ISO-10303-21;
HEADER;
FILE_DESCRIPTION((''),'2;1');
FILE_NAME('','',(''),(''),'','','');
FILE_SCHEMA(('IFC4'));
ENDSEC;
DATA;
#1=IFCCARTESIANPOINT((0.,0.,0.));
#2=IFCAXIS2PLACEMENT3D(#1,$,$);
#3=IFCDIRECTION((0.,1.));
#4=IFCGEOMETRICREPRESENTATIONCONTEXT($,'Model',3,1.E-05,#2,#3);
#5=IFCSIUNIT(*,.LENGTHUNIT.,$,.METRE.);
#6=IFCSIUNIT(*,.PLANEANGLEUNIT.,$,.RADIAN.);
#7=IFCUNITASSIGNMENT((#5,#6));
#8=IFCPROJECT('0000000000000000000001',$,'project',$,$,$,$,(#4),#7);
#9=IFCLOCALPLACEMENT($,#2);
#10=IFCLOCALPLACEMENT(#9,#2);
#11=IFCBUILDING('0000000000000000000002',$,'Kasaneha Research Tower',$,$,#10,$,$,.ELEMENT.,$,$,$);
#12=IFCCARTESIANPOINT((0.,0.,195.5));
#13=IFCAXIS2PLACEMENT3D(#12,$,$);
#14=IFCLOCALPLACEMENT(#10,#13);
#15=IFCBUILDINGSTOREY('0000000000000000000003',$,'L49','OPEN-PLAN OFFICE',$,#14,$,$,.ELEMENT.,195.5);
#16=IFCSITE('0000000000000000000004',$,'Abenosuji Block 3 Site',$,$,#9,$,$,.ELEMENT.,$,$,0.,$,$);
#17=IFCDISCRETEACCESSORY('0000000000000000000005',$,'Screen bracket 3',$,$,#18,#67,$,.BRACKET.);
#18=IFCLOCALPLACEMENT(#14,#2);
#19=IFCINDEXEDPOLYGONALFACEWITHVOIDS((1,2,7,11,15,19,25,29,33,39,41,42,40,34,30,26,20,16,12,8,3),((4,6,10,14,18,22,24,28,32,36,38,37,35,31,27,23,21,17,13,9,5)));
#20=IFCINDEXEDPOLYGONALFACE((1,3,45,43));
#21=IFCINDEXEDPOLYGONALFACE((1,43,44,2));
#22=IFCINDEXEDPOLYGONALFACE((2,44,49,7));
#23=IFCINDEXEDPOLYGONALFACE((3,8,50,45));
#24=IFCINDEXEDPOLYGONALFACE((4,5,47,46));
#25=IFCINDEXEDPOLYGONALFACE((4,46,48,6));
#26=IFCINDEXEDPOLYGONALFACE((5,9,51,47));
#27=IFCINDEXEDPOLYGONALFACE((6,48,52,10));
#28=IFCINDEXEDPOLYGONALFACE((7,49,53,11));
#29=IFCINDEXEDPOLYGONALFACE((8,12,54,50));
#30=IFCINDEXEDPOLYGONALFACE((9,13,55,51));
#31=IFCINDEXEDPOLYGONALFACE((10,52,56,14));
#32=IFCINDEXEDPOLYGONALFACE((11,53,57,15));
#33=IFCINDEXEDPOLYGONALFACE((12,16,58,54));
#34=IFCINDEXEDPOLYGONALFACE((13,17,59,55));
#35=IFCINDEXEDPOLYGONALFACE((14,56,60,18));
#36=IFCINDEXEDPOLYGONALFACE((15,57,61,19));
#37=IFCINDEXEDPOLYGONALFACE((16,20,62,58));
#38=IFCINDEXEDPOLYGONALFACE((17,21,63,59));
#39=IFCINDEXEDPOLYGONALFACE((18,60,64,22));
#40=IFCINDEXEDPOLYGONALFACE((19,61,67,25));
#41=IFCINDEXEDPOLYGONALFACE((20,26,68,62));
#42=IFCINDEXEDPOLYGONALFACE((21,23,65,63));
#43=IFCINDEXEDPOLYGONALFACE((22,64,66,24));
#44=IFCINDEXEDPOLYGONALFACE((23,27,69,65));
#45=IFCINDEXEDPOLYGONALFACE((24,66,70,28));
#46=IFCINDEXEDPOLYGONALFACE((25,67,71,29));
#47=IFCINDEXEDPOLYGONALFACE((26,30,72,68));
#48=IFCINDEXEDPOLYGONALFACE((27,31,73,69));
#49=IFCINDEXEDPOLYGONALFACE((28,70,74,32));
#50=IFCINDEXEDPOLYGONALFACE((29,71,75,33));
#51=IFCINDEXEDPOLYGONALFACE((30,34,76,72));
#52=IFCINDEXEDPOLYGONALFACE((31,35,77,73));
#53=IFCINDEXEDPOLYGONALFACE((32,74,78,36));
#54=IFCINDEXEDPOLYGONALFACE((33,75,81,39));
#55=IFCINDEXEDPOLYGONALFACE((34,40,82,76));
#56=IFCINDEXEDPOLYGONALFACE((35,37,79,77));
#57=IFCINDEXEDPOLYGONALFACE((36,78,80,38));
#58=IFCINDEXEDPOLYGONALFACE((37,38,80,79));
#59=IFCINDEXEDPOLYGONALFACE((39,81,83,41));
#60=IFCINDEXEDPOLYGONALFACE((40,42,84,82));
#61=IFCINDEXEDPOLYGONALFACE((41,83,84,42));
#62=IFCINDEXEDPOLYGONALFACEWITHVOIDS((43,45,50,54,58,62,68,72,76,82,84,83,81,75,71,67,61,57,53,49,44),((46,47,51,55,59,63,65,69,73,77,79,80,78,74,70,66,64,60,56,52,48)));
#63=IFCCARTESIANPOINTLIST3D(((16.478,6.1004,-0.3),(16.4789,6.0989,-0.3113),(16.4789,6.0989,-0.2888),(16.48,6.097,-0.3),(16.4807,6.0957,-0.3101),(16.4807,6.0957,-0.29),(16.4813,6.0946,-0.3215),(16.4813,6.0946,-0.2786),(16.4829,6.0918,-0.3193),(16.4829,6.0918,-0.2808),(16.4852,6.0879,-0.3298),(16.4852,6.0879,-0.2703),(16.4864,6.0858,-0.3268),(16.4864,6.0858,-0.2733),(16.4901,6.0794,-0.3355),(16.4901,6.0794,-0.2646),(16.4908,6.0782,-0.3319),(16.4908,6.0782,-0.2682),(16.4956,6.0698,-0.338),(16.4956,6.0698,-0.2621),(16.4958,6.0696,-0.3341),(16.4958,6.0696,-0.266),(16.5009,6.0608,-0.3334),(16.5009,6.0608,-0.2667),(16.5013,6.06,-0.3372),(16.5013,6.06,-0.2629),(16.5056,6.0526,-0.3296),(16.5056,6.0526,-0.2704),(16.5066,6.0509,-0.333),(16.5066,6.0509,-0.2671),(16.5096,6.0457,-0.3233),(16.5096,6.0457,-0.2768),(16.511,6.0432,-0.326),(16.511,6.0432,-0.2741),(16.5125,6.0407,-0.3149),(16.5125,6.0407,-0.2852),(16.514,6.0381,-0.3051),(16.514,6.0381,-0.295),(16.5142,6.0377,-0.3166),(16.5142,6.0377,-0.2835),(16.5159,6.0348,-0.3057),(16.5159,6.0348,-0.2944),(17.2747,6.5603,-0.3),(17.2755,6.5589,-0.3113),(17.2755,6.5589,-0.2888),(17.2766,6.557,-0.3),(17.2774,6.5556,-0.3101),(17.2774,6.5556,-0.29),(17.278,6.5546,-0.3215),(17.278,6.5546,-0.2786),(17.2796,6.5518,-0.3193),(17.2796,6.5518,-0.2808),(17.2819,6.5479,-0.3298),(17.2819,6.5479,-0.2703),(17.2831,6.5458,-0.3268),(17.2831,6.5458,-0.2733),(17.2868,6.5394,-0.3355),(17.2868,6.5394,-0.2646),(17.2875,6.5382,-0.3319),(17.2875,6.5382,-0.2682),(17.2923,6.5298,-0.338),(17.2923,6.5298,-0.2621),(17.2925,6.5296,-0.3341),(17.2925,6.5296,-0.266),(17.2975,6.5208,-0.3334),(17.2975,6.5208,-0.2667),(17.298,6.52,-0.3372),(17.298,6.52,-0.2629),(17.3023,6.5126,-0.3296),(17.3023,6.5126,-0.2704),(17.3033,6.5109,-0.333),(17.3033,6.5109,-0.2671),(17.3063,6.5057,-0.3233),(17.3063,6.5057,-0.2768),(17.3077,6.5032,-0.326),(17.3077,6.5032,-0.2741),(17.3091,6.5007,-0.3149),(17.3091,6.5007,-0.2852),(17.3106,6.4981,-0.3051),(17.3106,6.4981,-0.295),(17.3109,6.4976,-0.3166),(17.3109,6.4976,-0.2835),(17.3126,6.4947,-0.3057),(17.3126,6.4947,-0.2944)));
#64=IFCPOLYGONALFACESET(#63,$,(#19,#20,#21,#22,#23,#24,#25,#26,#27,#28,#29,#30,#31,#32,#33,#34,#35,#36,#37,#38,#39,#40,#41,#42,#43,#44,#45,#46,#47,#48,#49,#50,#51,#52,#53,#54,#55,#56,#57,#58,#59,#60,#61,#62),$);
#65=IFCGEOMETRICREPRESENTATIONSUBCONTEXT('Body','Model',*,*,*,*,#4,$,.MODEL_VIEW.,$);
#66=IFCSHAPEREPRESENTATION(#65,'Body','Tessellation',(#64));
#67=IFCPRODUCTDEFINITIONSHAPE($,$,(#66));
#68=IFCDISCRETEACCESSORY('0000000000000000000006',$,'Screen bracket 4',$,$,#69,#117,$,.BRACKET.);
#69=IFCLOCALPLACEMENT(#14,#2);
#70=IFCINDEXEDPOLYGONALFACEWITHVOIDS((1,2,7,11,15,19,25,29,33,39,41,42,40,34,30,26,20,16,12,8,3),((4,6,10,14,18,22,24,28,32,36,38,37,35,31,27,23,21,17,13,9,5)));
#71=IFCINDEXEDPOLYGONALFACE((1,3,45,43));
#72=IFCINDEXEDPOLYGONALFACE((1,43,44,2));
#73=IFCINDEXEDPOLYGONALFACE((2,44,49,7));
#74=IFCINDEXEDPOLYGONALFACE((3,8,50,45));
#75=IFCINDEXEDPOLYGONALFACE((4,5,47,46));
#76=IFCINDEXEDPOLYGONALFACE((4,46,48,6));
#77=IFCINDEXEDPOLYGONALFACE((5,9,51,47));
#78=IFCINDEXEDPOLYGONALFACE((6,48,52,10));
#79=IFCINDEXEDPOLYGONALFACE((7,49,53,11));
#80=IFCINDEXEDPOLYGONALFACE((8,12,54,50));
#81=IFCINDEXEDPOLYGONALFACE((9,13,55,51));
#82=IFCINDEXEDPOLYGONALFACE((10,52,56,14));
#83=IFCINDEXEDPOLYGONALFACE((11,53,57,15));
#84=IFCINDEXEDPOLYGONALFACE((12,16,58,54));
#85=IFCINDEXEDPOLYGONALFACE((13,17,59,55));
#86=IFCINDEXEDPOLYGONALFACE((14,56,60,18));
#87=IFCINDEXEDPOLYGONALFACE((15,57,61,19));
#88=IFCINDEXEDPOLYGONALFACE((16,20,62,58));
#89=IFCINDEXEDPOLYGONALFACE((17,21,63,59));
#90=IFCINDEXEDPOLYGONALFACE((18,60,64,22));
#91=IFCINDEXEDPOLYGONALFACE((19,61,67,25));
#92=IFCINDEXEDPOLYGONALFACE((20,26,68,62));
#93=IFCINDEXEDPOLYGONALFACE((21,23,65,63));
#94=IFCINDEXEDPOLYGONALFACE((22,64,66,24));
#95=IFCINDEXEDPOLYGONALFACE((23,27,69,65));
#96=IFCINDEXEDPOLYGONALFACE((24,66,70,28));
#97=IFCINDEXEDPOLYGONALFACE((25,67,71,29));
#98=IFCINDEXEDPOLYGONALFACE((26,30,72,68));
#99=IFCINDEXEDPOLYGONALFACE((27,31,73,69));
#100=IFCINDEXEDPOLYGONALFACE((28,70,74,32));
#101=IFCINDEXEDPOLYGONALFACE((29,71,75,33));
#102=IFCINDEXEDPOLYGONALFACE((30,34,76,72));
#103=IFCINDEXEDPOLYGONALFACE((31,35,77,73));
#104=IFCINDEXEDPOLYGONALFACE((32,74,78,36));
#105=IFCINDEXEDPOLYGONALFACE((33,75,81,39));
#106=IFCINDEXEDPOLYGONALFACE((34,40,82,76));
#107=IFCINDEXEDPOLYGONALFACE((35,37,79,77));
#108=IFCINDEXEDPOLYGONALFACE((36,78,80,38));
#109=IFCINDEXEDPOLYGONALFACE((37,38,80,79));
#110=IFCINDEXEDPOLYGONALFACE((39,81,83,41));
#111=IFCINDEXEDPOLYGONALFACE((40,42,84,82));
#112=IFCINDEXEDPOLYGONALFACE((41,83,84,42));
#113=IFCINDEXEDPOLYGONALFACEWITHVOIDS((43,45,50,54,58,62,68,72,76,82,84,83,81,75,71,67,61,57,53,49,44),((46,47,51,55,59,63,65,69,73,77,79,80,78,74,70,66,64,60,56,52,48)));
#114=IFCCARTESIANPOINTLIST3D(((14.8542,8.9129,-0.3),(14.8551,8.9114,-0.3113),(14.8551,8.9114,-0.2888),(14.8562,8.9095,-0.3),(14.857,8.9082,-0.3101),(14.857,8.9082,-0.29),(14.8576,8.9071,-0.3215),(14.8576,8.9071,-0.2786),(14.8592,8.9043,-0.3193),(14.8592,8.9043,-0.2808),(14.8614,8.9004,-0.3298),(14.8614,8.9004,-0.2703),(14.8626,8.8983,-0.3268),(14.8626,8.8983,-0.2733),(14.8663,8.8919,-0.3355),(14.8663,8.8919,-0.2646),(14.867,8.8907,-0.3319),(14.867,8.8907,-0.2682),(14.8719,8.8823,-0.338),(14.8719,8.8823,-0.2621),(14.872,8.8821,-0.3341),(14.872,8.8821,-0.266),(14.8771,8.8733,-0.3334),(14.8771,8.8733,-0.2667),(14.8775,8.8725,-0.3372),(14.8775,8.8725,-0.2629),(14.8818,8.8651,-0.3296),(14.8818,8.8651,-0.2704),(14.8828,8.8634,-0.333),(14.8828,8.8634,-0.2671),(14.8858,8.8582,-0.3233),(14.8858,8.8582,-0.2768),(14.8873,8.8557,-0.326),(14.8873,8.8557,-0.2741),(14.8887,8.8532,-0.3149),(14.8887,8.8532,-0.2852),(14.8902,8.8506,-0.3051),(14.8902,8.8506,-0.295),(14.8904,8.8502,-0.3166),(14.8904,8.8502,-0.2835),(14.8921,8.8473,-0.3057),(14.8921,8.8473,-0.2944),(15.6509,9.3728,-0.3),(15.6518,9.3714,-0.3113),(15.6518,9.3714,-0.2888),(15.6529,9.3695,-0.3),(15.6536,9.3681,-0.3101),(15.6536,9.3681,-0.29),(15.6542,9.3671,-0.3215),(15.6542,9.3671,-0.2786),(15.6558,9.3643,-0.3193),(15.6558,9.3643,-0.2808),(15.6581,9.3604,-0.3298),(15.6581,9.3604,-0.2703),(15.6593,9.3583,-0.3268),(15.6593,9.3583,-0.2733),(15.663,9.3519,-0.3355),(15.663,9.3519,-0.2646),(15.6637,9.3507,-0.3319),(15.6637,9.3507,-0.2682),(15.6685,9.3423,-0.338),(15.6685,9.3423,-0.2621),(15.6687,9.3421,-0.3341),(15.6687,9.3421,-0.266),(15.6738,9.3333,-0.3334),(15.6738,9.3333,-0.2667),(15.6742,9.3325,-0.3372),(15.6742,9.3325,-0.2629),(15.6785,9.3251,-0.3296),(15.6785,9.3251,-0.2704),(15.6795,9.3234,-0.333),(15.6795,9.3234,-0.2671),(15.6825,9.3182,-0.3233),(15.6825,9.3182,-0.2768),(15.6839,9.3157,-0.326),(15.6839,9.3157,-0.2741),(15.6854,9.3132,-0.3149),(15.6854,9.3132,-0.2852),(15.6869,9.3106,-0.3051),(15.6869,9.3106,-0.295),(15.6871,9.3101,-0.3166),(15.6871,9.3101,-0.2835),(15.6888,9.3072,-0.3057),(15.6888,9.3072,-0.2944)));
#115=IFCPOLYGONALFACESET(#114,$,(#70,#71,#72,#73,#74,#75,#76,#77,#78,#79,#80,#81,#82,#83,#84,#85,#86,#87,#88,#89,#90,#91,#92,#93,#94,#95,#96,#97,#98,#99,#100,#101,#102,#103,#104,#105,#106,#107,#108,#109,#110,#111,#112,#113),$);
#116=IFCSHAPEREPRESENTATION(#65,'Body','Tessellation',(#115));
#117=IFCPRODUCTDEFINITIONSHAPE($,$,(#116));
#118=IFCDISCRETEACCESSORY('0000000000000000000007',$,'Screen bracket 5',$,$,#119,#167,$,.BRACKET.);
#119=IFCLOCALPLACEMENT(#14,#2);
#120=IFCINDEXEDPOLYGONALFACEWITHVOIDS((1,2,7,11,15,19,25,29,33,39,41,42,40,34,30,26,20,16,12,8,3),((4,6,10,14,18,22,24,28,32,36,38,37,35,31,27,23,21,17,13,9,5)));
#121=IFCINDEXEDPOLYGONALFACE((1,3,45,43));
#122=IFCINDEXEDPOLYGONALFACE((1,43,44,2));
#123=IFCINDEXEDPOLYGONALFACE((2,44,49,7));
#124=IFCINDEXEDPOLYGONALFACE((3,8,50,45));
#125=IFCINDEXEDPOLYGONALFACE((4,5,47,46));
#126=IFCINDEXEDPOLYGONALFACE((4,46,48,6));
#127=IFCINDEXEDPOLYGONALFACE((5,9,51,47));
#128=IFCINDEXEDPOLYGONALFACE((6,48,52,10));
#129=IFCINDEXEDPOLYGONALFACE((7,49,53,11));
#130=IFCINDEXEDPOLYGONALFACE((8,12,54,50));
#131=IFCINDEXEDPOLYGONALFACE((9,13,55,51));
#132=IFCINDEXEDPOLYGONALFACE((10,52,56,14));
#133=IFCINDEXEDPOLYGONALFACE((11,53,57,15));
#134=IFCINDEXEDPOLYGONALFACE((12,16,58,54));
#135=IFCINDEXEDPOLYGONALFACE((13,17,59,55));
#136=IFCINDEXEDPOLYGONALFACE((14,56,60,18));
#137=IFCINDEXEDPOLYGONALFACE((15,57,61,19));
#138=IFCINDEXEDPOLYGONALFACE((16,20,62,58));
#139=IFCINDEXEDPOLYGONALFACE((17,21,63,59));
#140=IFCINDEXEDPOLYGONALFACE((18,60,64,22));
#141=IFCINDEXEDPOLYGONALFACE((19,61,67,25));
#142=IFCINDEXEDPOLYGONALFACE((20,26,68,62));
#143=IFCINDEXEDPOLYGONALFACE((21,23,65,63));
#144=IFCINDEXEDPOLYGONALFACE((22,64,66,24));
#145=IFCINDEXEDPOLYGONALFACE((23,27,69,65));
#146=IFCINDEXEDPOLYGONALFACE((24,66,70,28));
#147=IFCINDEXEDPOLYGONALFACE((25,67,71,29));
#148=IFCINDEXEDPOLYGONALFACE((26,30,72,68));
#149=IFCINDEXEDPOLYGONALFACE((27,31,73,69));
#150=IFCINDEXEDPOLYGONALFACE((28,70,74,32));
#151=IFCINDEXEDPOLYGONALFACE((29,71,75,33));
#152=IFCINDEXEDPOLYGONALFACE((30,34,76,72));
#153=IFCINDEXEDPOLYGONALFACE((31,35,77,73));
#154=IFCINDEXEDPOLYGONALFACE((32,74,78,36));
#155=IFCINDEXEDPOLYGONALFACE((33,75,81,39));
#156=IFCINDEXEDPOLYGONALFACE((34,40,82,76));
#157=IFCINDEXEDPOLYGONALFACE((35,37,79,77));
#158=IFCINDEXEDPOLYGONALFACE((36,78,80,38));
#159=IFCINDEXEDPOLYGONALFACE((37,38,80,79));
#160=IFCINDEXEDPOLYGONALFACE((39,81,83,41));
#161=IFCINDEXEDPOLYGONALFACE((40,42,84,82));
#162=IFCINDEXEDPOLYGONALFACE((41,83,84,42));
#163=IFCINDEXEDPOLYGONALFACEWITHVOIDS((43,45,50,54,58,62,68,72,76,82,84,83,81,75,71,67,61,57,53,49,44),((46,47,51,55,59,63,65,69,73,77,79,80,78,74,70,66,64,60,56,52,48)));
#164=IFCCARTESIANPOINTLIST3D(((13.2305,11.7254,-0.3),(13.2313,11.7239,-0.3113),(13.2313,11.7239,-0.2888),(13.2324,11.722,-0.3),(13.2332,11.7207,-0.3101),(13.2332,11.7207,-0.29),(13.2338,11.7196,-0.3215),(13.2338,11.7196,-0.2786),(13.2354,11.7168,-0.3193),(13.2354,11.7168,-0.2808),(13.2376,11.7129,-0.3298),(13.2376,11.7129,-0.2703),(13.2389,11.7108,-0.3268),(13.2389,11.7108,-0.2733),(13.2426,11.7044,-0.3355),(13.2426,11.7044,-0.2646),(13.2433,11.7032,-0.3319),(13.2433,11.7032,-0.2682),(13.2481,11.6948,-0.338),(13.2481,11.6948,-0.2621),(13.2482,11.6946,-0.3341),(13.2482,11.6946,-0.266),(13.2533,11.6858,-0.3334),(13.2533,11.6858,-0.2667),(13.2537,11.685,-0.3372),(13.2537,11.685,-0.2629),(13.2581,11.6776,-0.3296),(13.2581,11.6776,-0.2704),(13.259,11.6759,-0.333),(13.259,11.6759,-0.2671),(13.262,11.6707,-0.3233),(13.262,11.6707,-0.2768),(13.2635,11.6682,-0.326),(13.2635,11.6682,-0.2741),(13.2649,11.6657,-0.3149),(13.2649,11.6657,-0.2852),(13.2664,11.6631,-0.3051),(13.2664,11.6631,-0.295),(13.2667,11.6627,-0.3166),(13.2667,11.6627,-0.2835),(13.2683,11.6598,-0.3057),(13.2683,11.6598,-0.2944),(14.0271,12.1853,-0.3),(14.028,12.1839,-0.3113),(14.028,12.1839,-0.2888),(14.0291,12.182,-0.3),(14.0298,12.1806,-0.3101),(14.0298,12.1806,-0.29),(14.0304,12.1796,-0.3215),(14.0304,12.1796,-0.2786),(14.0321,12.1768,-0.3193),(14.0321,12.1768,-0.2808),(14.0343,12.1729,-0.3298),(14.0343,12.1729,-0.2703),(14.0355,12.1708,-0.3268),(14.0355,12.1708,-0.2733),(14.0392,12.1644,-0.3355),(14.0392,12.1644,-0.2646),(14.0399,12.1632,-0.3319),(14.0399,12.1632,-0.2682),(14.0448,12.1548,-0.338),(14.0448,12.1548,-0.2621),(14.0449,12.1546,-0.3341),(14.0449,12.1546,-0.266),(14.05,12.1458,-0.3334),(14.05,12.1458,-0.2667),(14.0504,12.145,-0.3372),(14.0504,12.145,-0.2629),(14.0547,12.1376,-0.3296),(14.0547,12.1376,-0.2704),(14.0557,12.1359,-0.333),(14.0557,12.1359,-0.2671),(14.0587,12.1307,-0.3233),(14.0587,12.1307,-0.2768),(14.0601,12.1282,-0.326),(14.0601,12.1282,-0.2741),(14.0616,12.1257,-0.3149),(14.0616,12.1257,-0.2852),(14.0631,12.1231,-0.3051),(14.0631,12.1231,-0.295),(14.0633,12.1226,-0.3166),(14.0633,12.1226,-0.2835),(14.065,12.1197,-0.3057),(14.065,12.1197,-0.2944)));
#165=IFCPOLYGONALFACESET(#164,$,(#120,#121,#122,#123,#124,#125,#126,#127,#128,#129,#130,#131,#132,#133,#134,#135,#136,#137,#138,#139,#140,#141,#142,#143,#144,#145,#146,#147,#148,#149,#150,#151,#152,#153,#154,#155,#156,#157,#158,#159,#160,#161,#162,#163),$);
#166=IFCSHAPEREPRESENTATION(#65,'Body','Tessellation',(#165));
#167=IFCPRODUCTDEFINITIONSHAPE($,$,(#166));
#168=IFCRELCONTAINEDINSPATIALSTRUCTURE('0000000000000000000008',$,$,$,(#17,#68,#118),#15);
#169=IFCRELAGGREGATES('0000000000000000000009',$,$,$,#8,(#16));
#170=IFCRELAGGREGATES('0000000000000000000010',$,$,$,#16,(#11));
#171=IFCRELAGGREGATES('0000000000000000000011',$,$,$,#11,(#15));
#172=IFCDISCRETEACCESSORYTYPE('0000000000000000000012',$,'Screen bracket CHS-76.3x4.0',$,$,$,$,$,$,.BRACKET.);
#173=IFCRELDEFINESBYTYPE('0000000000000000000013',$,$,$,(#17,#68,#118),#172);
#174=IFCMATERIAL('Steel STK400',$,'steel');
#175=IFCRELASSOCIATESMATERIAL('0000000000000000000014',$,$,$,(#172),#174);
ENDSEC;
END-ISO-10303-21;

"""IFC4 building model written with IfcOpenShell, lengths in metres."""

from ifc_helpers import new_model, si_unit, direction, frame, origin, origin_2d, place, context, subcontext, project, spatial, hollow_circle, extrude, material, material_profile, profile_set, type_object, element, save


model = new_model("IFC4")

# Units and contexts
model_context = context("Model", 3, precision=1e-05, world=origin(), true_north=direction((0.0, 1.0)))
body_context = subcontext(model_context, "Body", "Model", "MODEL_VIEW")
ifc_project = project(units=[si_unit("LENGTHUNIT", "METRE"), si_unit("PLANEANGLEUNIT", "RADIAN")], contexts=[model_context])

# Site, building, storey
site_placement = place(None, origin())
site = spatial("IfcSite", under=ifc_project, at=site_placement, Name="Abenosuji Block 3 Site", CompositionType="ELEMENT", RefElevation=0.0)
building_placement = place(site_placement, origin())
building = spatial("IfcBuilding", under=site, at=building_placement, Name="Kasaneha Research Tower", CompositionType="ELEMENT")
storey_placement = place(building_placement, frame((0.0, 0.0, 195.5)))
storey = spatial("IfcBuildingStorey", under=building, at=storey_placement, Name="L49", Description="OPEN-PLAN OFFICE", CompositionType="ELEMENT", Elevation=195.5)

# Discrete accessories
ifc_material_1 = material(Name="Steel STK400", Category="steel")
ifc_material_profile_1 = material_profile(ifc_material_1, hollow_circle(Radius=0.0381, WallThickness=0.0039, at=origin_2d()), Name="CHS-76.3x4.0")
ifc_profile_set_1 = profile_set([ifc_material_profile_1], Name="Steel STK400")
discrete_accessory_type = type_object("IfcDiscreteAccessoryType", Name="Screen bracket CHS-76.3x4.0", PredefinedType="BRACKET", material=ifc_profile_set_1)
for number, where, z_axis, x_axis, name in (
    (1, (16.4971, 6.0674, -0.3), (0.866013, 0.500021, 0.0), (-0.500021, 0.866013, 0.0), "Screen bracket 3"),
    (2, (14.8733, 8.8799, -0.3), (0.866013, 0.500021, 0.0), (-0.500021, 0.866013, 0.0), "Screen bracket 4"),
    (3, (13.2495, 11.6924, -0.3), (0.866013, 0.500021, 0.0), (-0.500021, 0.866013, 0.0), "Screen bracket 5"),
):
    element("IfcDiscreteAccessory", number, at=place(storey_placement, frame(where, z_axis=z_axis, x_axis=x_axis)), inside=storey, type_object=discrete_accessory_type, Name=name, PredefinedType="BRACKET", context=body_context, shape_type="SweptSolid", body=[
        extrude(hollow_circle(Radius=0.0381, WallThickness=0.0039, at=origin_2d()), origin(), (0.0, 0.0, 1.0), 0.9199),
    ])

save(model, "model.ifc")
